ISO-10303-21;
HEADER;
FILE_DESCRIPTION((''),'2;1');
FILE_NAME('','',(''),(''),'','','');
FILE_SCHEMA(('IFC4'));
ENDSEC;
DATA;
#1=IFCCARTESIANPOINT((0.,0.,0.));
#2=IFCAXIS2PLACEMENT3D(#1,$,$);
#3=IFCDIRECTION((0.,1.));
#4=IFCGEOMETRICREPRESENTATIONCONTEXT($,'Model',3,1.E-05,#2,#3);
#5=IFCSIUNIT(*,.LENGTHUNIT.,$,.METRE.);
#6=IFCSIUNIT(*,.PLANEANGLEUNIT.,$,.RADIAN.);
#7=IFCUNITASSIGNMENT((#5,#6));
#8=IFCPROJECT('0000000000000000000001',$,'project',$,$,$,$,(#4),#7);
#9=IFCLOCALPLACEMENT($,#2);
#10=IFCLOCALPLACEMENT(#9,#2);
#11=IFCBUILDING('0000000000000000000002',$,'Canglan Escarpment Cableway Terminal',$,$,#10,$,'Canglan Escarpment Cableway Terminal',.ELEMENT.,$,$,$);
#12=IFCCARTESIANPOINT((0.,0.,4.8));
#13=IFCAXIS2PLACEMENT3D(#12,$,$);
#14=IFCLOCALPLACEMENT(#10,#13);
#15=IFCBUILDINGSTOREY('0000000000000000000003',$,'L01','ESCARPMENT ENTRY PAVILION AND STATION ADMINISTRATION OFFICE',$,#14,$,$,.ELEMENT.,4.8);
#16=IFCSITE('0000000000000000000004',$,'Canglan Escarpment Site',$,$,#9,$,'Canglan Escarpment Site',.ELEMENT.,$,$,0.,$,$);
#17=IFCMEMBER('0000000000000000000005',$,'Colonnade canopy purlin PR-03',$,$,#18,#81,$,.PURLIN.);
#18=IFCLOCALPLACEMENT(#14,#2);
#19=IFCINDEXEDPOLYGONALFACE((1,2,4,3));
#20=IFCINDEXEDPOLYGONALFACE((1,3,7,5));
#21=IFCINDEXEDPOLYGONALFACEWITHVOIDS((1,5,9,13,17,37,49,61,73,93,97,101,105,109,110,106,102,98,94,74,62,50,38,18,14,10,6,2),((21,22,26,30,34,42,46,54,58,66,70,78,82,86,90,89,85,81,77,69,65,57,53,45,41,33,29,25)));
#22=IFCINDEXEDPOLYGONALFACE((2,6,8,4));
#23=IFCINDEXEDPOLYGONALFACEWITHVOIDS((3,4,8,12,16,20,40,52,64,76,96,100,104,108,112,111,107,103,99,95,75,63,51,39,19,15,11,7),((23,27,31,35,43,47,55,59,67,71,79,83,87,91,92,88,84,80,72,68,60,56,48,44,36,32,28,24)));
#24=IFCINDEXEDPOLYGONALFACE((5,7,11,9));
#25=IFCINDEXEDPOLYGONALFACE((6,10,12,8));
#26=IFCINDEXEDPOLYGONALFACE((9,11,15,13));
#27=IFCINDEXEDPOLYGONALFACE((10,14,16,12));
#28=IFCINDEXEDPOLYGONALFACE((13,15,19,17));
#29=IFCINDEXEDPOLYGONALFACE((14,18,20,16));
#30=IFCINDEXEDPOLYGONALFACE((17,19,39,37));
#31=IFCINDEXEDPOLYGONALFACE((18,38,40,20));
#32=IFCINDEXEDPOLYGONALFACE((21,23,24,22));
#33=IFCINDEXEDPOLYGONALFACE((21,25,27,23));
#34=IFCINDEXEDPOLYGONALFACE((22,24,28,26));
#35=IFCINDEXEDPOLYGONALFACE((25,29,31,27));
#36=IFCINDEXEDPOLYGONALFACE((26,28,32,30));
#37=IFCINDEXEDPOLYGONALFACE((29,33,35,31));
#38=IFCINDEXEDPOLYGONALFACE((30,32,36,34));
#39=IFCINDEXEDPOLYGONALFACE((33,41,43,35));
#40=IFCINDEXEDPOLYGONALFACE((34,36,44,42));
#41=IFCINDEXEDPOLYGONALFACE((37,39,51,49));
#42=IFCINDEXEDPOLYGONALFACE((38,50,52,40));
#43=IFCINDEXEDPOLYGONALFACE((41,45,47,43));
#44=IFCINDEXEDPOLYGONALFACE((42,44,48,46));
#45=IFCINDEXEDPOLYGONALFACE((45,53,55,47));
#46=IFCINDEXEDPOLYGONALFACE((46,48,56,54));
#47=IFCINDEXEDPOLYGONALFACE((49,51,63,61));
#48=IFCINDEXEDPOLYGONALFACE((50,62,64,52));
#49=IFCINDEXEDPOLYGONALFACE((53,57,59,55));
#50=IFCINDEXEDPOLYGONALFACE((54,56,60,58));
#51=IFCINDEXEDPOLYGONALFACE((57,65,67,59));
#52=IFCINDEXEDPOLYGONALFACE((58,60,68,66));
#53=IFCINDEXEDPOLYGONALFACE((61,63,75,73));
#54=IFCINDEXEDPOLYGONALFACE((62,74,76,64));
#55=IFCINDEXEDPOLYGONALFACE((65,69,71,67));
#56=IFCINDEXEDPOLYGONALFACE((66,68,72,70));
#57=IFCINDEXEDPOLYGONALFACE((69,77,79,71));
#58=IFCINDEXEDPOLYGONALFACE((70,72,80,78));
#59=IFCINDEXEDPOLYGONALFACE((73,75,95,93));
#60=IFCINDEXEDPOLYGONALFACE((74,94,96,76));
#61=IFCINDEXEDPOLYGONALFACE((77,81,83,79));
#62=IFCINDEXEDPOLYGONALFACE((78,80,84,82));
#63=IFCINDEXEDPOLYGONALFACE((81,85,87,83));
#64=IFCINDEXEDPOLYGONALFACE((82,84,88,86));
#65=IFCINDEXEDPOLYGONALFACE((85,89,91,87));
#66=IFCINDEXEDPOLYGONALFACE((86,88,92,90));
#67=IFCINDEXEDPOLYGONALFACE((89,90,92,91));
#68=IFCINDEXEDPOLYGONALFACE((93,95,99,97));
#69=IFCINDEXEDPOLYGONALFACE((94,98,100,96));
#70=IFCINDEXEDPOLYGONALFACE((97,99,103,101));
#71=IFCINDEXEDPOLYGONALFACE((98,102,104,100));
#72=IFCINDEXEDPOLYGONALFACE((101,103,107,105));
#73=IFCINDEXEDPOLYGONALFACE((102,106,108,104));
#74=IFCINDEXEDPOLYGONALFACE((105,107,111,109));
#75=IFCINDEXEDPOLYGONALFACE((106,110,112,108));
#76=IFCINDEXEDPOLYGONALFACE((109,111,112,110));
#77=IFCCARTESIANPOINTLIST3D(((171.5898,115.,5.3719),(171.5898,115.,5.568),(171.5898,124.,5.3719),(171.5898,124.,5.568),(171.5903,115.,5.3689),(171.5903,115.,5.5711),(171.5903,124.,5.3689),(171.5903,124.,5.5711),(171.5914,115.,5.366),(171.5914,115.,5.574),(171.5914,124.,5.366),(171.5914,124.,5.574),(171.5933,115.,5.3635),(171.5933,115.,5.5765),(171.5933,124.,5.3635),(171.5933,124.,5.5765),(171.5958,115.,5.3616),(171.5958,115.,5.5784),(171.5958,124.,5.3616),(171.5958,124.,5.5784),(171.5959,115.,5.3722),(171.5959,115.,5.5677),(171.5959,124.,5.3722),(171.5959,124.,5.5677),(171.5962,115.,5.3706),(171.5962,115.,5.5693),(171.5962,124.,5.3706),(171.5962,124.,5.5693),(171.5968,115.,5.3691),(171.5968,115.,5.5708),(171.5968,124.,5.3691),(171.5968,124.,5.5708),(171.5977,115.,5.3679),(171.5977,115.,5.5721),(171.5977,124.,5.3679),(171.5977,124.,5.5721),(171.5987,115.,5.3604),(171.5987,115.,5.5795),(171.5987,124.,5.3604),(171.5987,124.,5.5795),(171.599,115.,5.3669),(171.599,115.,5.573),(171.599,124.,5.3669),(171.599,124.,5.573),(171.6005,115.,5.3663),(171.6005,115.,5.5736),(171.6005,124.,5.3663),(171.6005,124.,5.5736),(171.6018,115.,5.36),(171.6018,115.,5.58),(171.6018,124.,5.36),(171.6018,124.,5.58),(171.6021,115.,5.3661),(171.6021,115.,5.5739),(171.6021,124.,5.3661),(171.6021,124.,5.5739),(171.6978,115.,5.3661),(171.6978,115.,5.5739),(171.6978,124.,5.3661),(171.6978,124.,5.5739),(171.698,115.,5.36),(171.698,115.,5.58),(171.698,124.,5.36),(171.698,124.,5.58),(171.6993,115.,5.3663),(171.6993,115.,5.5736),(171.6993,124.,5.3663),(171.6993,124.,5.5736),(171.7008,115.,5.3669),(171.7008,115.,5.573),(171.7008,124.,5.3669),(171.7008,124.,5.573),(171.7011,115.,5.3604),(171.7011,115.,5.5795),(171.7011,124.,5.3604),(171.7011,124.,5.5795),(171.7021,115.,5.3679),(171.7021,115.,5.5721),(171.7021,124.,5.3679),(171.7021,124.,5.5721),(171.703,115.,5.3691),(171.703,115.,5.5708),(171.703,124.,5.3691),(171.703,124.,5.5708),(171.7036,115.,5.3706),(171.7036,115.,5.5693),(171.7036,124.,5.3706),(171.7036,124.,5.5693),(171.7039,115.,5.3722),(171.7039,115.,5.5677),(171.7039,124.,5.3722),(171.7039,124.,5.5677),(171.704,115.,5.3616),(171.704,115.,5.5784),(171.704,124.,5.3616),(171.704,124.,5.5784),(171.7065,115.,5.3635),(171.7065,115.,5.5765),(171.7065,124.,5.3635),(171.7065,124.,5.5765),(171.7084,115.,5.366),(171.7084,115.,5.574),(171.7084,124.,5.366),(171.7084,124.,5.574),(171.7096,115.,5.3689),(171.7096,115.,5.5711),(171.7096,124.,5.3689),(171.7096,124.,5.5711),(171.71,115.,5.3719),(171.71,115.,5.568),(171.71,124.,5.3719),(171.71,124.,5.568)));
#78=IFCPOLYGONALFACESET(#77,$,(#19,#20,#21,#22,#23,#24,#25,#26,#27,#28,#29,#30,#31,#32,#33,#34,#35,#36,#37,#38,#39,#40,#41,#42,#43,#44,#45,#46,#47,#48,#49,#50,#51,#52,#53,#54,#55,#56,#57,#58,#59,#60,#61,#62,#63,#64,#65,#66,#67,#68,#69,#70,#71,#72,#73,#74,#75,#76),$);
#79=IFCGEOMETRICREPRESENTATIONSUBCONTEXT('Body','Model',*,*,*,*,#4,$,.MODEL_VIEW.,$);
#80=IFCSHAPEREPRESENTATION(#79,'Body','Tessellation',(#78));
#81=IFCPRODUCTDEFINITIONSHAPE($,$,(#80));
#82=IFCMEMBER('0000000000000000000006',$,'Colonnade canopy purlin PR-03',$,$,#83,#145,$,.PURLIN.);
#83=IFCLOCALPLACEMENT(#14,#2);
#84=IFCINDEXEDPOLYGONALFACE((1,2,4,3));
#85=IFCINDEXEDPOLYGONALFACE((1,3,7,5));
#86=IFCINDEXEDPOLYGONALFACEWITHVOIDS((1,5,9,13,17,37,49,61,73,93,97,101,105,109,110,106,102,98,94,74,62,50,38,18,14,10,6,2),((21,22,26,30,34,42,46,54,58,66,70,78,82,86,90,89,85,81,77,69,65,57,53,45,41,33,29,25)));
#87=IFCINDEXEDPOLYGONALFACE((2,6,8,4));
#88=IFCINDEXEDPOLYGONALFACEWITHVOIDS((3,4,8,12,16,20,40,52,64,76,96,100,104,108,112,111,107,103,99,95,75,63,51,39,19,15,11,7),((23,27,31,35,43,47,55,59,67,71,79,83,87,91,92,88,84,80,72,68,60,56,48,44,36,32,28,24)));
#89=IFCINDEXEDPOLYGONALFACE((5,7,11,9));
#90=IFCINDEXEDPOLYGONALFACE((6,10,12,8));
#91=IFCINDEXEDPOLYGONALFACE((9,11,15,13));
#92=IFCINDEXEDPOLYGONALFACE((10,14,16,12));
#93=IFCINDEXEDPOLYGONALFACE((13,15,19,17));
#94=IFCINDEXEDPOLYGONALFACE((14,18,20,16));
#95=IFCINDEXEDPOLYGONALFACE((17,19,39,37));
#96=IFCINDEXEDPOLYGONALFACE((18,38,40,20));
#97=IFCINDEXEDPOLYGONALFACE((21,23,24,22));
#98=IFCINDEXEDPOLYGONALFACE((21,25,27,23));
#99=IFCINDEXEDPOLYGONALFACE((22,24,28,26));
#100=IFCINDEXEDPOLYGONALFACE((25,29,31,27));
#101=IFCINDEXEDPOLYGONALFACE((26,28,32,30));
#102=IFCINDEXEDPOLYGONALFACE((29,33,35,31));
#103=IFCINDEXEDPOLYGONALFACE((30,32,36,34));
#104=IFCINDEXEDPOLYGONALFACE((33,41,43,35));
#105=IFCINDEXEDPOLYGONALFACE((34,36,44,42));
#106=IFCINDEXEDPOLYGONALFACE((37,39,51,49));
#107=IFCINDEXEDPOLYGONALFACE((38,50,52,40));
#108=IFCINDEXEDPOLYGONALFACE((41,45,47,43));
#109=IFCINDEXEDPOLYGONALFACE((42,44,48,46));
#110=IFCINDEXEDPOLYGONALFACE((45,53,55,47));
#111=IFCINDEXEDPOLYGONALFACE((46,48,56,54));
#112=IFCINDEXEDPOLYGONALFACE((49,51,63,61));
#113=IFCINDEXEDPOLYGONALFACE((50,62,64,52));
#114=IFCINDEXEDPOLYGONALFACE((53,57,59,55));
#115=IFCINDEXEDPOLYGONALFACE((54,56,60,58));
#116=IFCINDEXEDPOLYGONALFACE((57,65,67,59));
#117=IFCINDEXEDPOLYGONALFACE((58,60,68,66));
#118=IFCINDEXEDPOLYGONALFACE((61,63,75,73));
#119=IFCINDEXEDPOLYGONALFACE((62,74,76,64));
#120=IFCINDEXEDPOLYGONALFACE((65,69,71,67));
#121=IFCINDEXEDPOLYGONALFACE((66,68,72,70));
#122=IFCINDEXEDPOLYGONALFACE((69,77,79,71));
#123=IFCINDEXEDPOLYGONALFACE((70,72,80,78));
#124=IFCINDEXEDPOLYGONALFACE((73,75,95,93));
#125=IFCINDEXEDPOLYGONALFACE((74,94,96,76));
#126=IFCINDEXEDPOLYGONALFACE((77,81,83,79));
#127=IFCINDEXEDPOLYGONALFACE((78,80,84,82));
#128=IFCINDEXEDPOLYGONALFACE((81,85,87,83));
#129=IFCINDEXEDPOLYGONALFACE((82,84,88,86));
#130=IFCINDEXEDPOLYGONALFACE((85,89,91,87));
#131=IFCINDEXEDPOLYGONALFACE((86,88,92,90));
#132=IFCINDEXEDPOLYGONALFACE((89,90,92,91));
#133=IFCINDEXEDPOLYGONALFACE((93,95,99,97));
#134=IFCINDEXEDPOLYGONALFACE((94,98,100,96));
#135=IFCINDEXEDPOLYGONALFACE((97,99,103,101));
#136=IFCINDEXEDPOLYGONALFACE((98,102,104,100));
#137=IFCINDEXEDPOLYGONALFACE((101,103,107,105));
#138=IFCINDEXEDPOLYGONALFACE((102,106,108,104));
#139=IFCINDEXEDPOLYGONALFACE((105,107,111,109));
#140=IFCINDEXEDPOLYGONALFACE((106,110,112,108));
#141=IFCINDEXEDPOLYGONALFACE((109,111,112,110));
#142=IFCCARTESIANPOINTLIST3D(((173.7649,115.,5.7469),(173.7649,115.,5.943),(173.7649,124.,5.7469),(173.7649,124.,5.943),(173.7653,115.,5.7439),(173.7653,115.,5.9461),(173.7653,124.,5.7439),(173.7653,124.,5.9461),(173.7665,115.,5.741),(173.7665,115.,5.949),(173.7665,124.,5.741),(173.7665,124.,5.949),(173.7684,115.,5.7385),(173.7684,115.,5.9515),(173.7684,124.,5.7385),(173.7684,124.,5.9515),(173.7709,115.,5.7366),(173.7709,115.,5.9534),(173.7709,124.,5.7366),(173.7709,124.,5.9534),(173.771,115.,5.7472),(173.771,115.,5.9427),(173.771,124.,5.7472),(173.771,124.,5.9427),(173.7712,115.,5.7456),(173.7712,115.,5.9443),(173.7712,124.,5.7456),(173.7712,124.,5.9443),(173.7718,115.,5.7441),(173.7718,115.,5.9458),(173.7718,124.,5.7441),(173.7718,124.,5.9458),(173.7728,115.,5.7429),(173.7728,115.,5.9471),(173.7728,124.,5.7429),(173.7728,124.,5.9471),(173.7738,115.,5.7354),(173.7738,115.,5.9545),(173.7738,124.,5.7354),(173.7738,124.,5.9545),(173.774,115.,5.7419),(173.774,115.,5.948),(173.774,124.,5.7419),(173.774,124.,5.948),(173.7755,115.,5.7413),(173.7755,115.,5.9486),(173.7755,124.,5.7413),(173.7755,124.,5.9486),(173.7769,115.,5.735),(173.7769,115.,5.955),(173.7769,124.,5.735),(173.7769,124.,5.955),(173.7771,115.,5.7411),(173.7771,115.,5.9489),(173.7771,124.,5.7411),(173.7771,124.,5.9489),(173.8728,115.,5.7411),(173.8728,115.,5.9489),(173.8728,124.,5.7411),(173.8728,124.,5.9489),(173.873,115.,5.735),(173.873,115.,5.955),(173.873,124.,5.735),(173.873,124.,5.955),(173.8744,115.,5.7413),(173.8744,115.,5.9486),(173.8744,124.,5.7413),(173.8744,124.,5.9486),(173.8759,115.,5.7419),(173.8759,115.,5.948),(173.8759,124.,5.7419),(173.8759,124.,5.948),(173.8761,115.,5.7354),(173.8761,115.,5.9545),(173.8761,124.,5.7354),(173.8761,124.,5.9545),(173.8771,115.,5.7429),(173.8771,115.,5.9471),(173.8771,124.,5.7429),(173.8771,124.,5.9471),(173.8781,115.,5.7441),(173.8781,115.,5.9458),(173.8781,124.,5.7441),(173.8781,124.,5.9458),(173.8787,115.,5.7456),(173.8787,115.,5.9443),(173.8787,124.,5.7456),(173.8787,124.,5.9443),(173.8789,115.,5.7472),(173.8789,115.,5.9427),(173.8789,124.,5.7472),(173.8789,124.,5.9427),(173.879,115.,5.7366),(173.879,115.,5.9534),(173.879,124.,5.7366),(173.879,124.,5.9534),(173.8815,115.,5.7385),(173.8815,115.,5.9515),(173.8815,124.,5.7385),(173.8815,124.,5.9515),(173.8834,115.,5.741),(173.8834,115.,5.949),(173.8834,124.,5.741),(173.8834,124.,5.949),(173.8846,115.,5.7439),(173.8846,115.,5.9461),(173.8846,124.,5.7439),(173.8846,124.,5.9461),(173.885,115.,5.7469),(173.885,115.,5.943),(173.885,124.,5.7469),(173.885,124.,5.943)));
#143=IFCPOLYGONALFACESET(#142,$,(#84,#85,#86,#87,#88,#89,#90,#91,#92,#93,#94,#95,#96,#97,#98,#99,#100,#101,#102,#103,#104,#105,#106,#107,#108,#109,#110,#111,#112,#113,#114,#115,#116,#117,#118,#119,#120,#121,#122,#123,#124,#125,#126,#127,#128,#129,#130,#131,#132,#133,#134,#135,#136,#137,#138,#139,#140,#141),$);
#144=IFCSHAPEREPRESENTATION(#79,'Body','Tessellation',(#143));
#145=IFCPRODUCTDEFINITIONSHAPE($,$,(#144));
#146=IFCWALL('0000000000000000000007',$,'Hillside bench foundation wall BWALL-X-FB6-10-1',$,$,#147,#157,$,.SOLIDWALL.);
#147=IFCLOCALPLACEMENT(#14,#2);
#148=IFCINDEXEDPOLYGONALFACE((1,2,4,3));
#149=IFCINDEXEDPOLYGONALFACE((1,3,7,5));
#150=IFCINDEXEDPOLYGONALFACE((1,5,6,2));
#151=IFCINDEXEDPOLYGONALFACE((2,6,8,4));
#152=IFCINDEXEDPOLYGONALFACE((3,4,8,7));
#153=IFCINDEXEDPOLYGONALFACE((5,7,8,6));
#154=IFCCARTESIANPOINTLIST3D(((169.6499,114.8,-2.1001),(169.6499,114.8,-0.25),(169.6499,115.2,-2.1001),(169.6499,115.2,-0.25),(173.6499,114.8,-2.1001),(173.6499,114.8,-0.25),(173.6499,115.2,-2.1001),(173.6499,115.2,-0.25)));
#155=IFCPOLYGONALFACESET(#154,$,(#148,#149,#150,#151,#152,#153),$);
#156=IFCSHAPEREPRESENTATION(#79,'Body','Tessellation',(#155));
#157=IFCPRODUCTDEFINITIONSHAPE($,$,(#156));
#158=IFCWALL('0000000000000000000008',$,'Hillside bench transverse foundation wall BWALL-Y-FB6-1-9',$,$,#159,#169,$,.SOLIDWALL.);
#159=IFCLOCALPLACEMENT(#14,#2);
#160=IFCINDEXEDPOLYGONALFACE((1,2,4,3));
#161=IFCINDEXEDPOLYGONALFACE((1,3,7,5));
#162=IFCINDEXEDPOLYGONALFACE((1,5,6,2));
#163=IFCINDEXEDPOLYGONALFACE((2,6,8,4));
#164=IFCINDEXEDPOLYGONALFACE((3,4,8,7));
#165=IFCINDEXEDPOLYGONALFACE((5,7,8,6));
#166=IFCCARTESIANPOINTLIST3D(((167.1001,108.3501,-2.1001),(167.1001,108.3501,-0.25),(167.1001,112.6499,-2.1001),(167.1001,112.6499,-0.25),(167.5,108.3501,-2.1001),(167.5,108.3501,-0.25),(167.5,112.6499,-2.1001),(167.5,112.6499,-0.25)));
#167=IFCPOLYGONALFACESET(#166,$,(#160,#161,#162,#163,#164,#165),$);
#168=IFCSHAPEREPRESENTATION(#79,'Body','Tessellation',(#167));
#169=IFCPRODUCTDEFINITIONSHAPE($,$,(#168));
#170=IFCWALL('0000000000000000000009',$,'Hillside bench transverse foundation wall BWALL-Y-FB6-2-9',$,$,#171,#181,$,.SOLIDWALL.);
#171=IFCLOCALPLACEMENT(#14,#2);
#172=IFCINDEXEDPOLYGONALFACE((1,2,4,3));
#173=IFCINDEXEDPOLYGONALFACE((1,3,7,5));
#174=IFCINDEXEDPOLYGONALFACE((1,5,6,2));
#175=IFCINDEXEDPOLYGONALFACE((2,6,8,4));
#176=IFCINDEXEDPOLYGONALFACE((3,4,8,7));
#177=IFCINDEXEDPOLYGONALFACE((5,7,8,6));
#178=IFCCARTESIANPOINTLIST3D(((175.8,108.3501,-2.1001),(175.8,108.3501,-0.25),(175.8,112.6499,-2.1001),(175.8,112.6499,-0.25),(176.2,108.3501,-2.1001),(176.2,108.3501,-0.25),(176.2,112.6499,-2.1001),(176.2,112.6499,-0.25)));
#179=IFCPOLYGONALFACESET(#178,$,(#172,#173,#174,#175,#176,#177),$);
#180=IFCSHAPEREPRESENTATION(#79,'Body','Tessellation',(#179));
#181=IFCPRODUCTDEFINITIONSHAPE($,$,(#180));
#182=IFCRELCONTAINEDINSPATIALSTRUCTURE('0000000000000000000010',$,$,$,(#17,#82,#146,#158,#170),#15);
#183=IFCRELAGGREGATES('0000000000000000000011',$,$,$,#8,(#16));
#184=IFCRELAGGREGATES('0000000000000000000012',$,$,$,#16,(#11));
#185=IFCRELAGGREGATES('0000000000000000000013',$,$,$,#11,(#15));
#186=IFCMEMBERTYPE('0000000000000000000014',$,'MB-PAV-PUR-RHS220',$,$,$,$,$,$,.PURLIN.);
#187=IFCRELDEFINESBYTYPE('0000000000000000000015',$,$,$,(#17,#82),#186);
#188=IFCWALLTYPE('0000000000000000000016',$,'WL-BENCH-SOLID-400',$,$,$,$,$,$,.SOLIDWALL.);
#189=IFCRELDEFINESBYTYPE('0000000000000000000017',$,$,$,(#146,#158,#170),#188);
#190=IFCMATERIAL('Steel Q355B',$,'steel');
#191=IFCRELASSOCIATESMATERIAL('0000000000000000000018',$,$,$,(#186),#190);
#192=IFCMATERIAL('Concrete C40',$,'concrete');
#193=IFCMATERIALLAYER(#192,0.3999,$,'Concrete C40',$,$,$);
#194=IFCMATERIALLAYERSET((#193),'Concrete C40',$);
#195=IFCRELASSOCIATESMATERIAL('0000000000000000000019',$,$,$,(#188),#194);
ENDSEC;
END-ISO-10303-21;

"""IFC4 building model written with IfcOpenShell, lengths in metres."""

from ifc_helpers import new_model, si_unit, direction, frame, frame_2d, origin, origin_2d, place, context, subcontext, project, spatial, rectangle, hollow_rectangle, extrude, material, layer, layer_set, material_profile, profile_set, type_object, element, save


model = new_model("IFC4")

# Units and contexts
model_context = context("Model", 3, precision=1e-05, world=origin(), true_north=direction((0.0, 1.0)))
body_context = subcontext(model_context, "Body", "Model", "MODEL_VIEW")
ifc_project = project(units=[si_unit("LENGTHUNIT", "METRE"), si_unit("PLANEANGLEUNIT", "RADIAN")], contexts=[model_context])

# Site, building, storey
site_placement = place(None, origin())
site = spatial("IfcSite", under=ifc_project, at=site_placement, Name="Canglan Escarpment Site", LongName="Canglan Escarpment Site", CompositionType="ELEMENT", RefElevation=0.0)
building_placement = place(site_placement, origin())
building = spatial("IfcBuilding", under=site, at=building_placement, Name="Canglan Escarpment Cableway Terminal", LongName="Canglan Escarpment Cableway Terminal", CompositionType="ELEMENT")
storey_placement = place(building_placement, frame((0.0, 0.0, 4.8)))
storey = spatial("IfcBuildingStorey", under=building, at=storey_placement, Name="L01", Description="ESCARPMENT ENTRY PAVILION AND STATION ADMINISTRATION OFFICE", CompositionType="ELEMENT", Elevation=4.8)

# Shared definitions
ifc_material_1 = material(Name="Concrete C40", Category="concrete")

# Shared definitions
ifc_material_2 = material(Name="Steel Q355B", Category="steel")

# Members
ifc_material_profile_1 = material_profile(ifc_material_2, hollow_rectangle(XDim=0.1201, YDim=0.22, WallThickness=0.0061, InnerFilletRadius=0.0061, OuterFilletRadius=0.012, at=origin_2d()), Name="RHS 220x120x6")
ifc_profile_set_1 = profile_set([ifc_material_profile_1], Name="Steel Q355B")
member_type_1 = type_object("IfcMemberType", Name="MB-PAV-PUR-RHS220", PredefinedType="PURLIN", material=ifc_profile_set_1)
for number, where, z_axis, x_axis, name in (
    (1, (171.6499, 115.0, 5.47), (0.0, 1.0, 0.0), (-1.0, 0.0, 0.0), "Colonnade canopy purlin PR-03"),
    (2, (173.825, 115.0, 5.845), (0.0, 1.0, 0.0), (-1.0, 0.0, 0.0), "Colonnade canopy purlin PR-03"),
):
    element("IfcMember", number, at=place(storey_placement, frame(where, z_axis=z_axis, x_axis=x_axis)), inside=storey, type_object=member_type_1, Name=name, PredefinedType="PURLIN", context=body_context, shape_type="SweptSolid", body=[
        extrude(hollow_rectangle(XDim=0.1201, YDim=0.22, WallThickness=0.0061, InnerFilletRadius=0.0061, OuterFilletRadius=0.012, at=origin_2d()), origin(), (0.0, 0.0, 1.0), 9.0),
    ])

# Walls
ifc_layer_1 = layer(ifc_material_1, 0.3999, Name="Concrete C40")
ifc_layer_set_1 = layer_set([ifc_layer_1], Name="Concrete C40")
wall_type_1 = type_object("IfcWallType", Name="WL-BENCH-SOLID-400", PredefinedType="SOLIDWALL", material=ifc_layer_set_1)
wall_1_placement = place(storey_placement, frame((169.6499, 115.0, -2.1001), z_axis=(0.0, 0.0, 1.0), x_axis=(1.0, 0.0, 0.0)))
element("IfcWall", 3, at=wall_1_placement, inside=storey, type_object=wall_type_1, Name="Hillside bench foundation wall BWALL-X-FB6-10-1", PredefinedType="SOLIDWALL", context=body_context, shape_type="SweptSolid", body=[
    extrude(rectangle(XDim=4.0, YDim=0.3999, at=frame_2d((2.0, 0.0))), origin(), (0.0, 0.0, 1.0), 1.8501),
])
for number, where, z_axis, x_axis, name in (
    (4, (167.3, 108.3501, -2.1001), (0.0, 0.0, 1.0), (0.0, 1.0, 0.0), "Hillside bench transverse foundation wall BWALL-Y-FB6-1-9"),
    (5, (176.0, 108.3501, -2.1001), (0.0, 0.0, 1.0), (0.0, 1.0, 0.0), "Hillside bench transverse foundation wall BWALL-Y-FB6-2-9"),
):
    element("IfcWall", number, at=place(storey_placement, frame(where, z_axis=z_axis, x_axis=x_axis)), inside=storey, type_object=wall_type_1, Name=name, PredefinedType="SOLIDWALL", context=body_context, shape_type="SweptSolid", body=[
        extrude(rectangle(XDim=4.2998, YDim=0.3999, at=frame_2d((2.1499, 0.0))), origin(), (0.0, 0.0, 1.0), 1.8501),
    ])

save(model, "model.ifc")
